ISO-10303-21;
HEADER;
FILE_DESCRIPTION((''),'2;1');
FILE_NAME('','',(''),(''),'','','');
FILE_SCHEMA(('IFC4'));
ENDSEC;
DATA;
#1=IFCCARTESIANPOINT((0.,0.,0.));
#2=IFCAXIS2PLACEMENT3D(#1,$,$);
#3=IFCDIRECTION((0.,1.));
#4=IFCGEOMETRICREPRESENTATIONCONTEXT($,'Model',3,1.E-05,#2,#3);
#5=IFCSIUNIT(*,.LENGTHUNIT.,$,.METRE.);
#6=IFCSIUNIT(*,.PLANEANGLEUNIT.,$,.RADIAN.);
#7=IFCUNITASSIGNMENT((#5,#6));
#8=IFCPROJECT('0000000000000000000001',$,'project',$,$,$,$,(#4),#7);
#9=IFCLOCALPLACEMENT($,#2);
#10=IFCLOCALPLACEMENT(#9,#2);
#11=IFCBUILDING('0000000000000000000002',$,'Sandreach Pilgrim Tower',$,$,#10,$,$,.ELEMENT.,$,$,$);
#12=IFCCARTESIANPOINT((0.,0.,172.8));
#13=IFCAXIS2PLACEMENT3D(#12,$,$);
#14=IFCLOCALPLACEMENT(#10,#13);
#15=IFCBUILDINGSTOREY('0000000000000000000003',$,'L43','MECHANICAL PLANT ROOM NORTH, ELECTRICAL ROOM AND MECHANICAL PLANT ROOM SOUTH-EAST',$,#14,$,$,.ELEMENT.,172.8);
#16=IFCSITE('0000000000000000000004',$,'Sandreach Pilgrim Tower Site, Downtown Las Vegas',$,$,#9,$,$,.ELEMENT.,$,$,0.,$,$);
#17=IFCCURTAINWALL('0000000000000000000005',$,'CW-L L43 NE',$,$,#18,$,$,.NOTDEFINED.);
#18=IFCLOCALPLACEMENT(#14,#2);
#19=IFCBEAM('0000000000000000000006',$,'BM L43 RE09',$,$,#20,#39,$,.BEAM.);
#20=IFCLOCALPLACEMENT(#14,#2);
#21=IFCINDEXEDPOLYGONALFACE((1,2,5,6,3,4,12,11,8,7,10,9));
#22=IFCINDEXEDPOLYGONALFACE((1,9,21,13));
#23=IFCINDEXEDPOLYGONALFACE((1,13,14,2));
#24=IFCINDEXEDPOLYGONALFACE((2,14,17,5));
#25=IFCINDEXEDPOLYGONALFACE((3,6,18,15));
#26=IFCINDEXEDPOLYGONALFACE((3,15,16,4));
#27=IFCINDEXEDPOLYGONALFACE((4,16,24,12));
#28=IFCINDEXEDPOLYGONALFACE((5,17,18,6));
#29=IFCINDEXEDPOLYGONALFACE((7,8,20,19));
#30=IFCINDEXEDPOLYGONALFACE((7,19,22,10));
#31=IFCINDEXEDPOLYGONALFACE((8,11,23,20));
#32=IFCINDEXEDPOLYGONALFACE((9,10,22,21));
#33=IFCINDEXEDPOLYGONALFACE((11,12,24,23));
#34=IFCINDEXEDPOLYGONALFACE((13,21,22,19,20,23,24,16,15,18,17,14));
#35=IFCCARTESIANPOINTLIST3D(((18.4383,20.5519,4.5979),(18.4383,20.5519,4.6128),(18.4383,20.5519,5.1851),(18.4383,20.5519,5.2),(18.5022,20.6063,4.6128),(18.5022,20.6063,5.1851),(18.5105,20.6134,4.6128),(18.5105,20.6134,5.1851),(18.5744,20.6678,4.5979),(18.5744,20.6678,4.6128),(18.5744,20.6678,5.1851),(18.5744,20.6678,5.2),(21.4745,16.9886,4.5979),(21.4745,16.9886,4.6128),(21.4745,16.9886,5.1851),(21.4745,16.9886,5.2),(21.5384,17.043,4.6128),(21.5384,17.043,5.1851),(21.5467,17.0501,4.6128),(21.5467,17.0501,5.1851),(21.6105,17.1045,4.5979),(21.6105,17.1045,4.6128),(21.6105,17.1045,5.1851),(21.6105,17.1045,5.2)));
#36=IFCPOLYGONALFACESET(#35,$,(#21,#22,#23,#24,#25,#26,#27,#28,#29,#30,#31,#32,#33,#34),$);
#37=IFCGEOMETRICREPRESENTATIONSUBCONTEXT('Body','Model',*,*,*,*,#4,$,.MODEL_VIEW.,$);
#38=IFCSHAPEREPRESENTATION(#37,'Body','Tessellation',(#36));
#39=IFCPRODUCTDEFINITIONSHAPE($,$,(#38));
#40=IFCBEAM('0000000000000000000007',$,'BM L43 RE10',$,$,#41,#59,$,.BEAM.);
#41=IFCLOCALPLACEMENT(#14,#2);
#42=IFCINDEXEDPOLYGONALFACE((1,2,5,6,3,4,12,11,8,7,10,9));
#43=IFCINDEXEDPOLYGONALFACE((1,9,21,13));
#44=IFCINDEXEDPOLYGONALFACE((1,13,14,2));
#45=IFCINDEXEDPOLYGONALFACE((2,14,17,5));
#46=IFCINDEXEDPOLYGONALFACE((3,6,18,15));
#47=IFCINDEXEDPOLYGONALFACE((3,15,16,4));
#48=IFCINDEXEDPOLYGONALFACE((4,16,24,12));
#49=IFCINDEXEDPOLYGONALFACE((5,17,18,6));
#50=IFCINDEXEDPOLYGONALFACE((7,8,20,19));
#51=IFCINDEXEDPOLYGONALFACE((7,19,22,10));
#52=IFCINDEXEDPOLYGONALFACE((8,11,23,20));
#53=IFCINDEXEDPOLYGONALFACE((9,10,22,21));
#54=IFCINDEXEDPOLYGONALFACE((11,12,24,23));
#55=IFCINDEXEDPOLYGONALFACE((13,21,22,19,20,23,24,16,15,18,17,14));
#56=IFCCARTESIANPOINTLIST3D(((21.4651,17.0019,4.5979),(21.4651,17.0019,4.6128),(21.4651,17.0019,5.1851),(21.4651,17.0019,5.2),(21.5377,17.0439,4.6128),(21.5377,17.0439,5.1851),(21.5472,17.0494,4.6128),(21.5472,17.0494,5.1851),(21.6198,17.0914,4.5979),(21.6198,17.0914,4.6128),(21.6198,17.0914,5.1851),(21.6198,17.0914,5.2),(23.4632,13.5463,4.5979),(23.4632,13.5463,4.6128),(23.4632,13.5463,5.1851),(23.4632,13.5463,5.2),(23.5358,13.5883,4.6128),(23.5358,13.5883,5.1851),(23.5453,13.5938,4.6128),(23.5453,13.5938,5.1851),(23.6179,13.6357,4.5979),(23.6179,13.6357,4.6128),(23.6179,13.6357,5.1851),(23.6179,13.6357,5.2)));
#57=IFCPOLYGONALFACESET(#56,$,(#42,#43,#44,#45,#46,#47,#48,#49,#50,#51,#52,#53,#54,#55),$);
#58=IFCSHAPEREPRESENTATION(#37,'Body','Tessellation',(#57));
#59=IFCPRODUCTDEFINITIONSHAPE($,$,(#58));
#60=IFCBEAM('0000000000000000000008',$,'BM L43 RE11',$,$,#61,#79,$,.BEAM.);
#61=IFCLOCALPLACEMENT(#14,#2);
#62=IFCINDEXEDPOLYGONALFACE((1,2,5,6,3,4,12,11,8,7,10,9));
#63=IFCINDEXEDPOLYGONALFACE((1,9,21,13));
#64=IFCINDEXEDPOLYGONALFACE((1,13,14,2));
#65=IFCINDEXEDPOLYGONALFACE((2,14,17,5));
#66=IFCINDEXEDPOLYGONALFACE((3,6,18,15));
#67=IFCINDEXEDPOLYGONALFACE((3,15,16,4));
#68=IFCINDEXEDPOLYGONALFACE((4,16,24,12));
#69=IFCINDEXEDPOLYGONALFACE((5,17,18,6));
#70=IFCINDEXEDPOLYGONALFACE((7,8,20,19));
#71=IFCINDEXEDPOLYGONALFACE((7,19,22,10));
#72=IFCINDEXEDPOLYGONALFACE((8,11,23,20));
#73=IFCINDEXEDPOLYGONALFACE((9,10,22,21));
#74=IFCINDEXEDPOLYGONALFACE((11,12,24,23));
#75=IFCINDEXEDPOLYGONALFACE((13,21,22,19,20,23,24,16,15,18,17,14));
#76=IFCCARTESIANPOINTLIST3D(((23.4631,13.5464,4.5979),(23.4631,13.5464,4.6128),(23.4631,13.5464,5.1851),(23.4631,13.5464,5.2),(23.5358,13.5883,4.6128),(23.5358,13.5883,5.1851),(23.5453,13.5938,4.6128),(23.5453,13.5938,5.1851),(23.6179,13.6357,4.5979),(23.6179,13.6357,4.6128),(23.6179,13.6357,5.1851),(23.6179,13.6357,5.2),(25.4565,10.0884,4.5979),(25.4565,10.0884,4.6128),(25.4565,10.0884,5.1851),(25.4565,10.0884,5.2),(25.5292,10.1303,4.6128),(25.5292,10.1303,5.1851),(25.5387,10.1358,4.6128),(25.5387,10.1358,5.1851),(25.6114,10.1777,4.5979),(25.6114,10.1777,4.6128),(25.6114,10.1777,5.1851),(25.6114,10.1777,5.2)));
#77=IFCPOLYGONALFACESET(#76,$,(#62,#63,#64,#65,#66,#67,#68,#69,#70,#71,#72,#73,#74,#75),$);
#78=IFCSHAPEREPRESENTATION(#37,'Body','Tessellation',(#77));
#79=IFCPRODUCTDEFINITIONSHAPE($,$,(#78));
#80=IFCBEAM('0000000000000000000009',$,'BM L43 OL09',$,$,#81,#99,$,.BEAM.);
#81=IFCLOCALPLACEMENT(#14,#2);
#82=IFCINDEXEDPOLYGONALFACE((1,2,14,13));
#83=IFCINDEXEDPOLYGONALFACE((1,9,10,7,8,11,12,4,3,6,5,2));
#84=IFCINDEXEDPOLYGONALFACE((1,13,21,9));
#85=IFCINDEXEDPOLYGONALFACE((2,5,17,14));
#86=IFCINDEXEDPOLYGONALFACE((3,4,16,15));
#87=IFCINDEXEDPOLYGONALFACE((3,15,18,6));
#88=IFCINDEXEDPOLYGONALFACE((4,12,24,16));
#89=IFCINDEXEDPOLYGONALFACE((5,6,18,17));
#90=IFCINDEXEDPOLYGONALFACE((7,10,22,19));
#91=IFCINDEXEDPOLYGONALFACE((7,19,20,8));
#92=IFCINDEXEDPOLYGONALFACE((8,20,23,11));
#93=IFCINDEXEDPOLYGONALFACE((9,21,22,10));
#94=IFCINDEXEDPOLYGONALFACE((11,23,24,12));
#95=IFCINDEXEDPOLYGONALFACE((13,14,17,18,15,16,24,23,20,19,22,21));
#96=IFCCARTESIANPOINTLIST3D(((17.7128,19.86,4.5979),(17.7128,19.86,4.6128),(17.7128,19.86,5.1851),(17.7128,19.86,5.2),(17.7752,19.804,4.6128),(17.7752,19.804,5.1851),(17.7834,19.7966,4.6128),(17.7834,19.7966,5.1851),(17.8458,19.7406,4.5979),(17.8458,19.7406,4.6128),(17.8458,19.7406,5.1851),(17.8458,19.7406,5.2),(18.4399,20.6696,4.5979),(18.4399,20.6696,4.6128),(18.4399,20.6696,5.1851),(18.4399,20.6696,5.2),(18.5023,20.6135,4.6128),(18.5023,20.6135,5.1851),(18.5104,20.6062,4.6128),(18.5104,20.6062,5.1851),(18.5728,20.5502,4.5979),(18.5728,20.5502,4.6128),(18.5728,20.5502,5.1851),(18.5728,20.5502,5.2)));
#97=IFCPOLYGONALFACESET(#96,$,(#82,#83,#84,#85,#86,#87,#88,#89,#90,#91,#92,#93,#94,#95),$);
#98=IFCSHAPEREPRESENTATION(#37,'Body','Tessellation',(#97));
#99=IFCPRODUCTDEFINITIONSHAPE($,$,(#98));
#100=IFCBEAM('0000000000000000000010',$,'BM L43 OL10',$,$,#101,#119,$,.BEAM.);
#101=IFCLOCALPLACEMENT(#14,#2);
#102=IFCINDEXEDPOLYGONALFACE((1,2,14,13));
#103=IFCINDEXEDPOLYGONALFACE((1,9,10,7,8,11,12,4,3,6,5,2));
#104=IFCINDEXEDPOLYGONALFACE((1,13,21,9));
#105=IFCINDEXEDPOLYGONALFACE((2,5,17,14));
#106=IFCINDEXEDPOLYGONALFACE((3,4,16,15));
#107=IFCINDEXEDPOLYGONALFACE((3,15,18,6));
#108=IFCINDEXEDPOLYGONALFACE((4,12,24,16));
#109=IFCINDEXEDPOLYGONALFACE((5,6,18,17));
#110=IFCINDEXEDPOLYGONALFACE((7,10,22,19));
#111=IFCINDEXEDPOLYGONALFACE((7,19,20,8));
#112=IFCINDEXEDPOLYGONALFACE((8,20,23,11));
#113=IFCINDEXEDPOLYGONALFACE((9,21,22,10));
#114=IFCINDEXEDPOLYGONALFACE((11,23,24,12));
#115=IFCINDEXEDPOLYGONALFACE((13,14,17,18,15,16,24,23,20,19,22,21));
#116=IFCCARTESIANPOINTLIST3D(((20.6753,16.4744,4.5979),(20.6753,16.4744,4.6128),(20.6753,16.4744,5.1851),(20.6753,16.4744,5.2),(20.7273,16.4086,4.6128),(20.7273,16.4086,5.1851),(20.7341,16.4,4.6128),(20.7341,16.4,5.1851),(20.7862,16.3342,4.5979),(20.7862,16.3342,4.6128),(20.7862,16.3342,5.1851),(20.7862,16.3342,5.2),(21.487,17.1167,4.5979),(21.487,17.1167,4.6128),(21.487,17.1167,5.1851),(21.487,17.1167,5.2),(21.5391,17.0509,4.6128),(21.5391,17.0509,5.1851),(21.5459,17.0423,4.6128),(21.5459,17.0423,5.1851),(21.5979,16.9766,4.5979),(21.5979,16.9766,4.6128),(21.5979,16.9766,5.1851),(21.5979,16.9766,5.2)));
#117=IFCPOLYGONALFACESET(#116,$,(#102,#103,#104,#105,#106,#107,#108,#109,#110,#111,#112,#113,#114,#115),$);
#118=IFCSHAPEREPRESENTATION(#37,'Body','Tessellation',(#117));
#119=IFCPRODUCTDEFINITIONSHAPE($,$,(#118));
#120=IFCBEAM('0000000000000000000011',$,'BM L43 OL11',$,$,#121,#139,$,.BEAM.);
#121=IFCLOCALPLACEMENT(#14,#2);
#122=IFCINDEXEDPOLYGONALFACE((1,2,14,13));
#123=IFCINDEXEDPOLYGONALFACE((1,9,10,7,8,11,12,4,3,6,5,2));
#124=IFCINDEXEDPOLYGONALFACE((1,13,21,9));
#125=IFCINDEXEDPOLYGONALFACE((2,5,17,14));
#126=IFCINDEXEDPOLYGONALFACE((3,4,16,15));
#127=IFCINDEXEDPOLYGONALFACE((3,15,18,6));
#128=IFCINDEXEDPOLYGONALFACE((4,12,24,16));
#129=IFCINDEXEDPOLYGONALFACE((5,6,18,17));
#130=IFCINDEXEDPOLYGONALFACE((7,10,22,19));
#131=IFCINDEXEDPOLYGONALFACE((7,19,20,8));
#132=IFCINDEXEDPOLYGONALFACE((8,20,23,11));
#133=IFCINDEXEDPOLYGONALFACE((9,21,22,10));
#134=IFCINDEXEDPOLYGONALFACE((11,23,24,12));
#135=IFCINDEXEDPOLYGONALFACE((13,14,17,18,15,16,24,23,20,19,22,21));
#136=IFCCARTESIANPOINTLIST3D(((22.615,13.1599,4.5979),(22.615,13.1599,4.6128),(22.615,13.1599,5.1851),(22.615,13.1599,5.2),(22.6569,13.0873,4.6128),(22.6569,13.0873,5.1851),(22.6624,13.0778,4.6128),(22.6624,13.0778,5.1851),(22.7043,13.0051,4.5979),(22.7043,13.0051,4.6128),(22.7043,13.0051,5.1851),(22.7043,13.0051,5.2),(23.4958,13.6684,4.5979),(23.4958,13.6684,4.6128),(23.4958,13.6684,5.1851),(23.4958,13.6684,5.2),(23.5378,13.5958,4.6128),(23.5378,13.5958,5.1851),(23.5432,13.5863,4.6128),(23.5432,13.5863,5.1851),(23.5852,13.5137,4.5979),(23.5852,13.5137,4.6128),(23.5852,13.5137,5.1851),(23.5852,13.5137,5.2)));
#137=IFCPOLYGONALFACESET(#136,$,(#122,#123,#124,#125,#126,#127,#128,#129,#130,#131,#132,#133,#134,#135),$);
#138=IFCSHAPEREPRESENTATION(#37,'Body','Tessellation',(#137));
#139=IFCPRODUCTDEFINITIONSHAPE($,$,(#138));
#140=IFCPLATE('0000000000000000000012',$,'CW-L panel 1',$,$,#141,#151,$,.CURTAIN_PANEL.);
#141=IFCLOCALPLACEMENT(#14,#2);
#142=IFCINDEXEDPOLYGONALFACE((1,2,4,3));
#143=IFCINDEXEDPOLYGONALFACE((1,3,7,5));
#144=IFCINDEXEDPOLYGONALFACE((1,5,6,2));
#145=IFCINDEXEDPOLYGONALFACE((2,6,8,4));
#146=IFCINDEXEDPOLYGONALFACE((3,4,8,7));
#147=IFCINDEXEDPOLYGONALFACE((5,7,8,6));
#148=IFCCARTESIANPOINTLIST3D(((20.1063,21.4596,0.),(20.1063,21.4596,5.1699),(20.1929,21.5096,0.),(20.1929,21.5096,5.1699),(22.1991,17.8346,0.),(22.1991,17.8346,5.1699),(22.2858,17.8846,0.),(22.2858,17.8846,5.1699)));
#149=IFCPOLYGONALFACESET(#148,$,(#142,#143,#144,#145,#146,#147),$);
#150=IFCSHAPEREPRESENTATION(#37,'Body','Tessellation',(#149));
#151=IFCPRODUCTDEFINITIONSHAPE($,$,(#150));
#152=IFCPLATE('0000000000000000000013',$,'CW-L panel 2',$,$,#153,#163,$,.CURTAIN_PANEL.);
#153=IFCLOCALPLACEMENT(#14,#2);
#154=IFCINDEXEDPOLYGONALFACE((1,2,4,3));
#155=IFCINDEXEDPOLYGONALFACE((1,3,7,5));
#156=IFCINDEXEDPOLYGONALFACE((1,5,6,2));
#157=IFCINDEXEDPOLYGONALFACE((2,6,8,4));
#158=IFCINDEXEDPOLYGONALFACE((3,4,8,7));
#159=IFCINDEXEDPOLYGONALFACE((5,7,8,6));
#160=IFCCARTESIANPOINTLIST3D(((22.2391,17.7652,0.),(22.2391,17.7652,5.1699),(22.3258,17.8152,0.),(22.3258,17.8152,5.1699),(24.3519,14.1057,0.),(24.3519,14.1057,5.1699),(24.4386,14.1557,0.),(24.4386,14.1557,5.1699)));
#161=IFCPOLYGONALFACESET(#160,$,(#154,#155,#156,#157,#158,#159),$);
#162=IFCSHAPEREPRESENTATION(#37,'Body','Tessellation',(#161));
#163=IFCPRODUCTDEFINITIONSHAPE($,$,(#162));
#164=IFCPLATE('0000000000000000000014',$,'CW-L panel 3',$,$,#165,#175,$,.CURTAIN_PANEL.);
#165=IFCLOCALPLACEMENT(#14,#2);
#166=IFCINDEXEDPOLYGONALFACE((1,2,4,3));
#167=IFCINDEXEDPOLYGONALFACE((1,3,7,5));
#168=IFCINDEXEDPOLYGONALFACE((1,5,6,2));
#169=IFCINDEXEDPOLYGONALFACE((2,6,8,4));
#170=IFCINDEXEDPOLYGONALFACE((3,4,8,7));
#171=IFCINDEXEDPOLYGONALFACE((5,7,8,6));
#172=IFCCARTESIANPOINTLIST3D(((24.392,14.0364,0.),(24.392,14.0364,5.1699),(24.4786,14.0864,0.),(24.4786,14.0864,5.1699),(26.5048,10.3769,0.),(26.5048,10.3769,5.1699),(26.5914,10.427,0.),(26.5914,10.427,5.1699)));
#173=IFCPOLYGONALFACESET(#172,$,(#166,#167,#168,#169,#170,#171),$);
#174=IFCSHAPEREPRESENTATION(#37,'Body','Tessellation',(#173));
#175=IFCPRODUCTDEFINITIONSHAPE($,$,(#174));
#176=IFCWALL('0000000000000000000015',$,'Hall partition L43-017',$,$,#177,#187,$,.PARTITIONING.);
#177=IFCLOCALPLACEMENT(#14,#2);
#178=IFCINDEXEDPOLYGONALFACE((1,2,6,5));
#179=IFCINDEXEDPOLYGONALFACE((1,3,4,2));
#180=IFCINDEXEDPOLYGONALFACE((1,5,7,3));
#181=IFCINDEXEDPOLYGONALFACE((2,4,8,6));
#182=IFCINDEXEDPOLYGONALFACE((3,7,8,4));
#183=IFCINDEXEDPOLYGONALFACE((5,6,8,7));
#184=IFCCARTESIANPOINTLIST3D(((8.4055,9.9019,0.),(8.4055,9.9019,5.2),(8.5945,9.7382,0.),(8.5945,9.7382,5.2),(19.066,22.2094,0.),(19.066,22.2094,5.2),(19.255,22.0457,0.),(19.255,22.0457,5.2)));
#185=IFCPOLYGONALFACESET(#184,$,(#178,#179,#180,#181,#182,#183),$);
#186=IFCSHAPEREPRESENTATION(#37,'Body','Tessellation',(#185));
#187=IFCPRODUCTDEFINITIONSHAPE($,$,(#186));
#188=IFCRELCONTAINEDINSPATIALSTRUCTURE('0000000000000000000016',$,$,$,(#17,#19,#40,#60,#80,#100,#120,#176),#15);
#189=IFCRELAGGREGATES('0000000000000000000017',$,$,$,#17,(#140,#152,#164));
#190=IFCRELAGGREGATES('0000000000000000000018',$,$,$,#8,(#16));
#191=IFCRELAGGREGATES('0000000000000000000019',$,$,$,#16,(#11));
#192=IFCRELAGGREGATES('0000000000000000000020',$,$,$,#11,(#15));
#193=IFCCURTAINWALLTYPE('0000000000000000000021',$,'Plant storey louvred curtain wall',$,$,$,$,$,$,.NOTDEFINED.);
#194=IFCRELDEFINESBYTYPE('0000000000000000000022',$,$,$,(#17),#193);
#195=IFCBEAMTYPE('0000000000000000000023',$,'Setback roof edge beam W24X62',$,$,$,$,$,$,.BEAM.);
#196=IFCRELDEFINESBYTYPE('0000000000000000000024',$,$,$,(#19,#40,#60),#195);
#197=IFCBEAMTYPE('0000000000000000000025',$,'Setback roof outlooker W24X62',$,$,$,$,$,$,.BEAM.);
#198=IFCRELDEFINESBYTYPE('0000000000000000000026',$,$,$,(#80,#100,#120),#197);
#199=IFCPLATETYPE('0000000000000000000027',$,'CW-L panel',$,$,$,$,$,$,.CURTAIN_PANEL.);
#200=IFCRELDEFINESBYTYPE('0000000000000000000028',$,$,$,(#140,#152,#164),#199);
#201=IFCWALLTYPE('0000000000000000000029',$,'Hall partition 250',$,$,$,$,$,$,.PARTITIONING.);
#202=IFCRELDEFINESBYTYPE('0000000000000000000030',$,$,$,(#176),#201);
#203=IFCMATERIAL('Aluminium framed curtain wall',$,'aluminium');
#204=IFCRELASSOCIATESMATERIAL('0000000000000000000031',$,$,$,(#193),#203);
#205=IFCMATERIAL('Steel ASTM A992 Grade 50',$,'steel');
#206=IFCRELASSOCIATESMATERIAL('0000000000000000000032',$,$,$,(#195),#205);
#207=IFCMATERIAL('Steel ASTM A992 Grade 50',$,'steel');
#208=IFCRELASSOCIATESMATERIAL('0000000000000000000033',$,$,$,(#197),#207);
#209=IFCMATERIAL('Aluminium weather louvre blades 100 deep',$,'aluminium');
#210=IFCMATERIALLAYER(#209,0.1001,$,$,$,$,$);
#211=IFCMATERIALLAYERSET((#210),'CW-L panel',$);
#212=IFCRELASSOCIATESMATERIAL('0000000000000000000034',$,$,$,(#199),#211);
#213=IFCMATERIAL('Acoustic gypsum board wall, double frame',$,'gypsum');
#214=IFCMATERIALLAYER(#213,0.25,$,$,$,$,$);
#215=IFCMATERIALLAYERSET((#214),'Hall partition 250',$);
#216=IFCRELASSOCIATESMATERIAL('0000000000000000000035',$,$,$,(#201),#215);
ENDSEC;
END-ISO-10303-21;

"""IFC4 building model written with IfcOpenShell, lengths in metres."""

from ifc_helpers import new_model, si_unit, direction, frame, frame_2d, origin, origin_2d, place, context, subcontext, project, spatial, rectangle, i_section, extrude, material, layer, layer_set, material_profile, profile_set, type_object, element, aggregate, save


model = new_model("IFC4")

# Units and contexts
model_context = context("Model", 3, precision=1e-05, world=origin(), true_north=direction((0.0, 1.0)))
body_context = subcontext(model_context, "Body", "Model", "MODEL_VIEW")
ifc_project = project(units=[si_unit("LENGTHUNIT", "METRE"), si_unit("PLANEANGLEUNIT", "RADIAN")], contexts=[model_context])

# Site, building, storey
site_placement = place(None, origin())
site = spatial("IfcSite", under=ifc_project, at=site_placement, Name="Sandreach Pilgrim Tower Site, Downtown Las Vegas", CompositionType="ELEMENT", RefElevation=0.0)
building_placement = place(site_placement, origin())
building = spatial("IfcBuilding", under=site, at=building_placement, Name="Sandreach Pilgrim Tower", CompositionType="ELEMENT")
storey_placement = place(building_placement, frame((0.0, 0.0, 172.8)))
storey = spatial("IfcBuildingStorey", under=building, at=storey_placement, Name="L43", Description="MECHANICAL PLANT ROOM NORTH, ELECTRICAL ROOM AND MECHANICAL PLANT ROOM SOUTH-EAST", CompositionType="ELEMENT", Elevation=172.8)

# Shared definitions
ifc_material_1 = material(Name="Aluminium framed curtain wall", Category="aluminium")
curtain_wall_type = type_object("IfcCurtainWallType", Name="Plant storey louvred curtain wall", PredefinedType="NOTDEFINED", material=ifc_material_1)

# Curtain wall
curtain_wall_1_placement = place(storey_placement, origin())
curtain_wall_1 = element("IfcCurtainWall", 1, at=curtain_wall_1_placement, inside=storey, type_object=curtain_wall_type, Name="CW-L L43 NE", PredefinedType="NOTDEFINED")

# Beams
ifc_material_2 = material(Name="Steel ASTM A992 Grade 50", Category="steel")
ifc_material_profile_1 = material_profile(ifc_material_2, i_section(OverallWidth=0.1787, OverallDepth=0.6021, WebThickness=0.011, FlangeThickness=0.0149, at=origin_2d()), Name="W24X62")
ifc_profile_set_1 = profile_set([ifc_material_profile_1], Name="Steel ASTM A992 Grade 50")
beam_type_1 = type_object("IfcBeamType", Name="Setback roof edge beam W24X62", PredefinedType="BEAM", material=ifc_profile_set_1)
beam_1_placement = place(storey_placement, frame((18.5063, 20.6099, 4.8989), z_axis=(0.648564, -0.76116, 0.0), x_axis=(0.76116, 0.648564, 0.0)))
element("IfcBeam", 2, at=beam_1_placement, inside=storey, type_object=beam_type_1, Name="BM L43 RE09", PredefinedType="BEAM", context=body_context, shape_type="SweptSolid", body=[
    extrude(i_section(OverallWidth=0.1787, OverallDepth=0.6021, WebThickness=0.011, FlangeThickness=0.0149, at=origin_2d()), origin(), (0.0, 0.0, 1.0), 4.6814),
])
beam_2_placement = place(storey_placement, frame((21.5425, 17.0466, 4.8989), z_axis=(0.500559, -0.865703, 0.0), x_axis=(0.865703, 0.500559, 0.0)))
element("IfcBeam", 3, at=beam_2_placement, inside=storey, type_object=beam_type_1, Name="BM L43 RE10", PredefinedType="BEAM", context=body_context, shape_type="SweptSolid", body=[
    extrude(i_section(OverallWidth=0.1787, OverallDepth=0.6021, WebThickness=0.011, FlangeThickness=0.0149, at=origin_2d()), origin(), (0.0, 0.0, 1.0), 3.9917),
])
beam_3_placement = place(storey_placement, frame((23.5405, 13.5911, 4.8989), z_axis=(0.499422, -0.866359, 0.0), x_axis=(0.866359, 0.499422, 0.0)))
element("IfcBeam", 4, at=beam_3_placement, inside=storey, type_object=beam_type_1, Name="BM L43 RE11", PredefinedType="BEAM", context=body_context, shape_type="SweptSolid", body=[
    extrude(i_section(OverallWidth=0.1787, OverallDepth=0.6021, WebThickness=0.011, FlangeThickness=0.0149, at=origin_2d()), origin(), (0.0, 0.0, 1.0), 3.9915),
])
ifc_material_3 = material(Name="Steel ASTM A992 Grade 50", Category="steel")
ifc_material_profile_2 = material_profile(ifc_material_3, i_section(OverallWidth=0.1787, OverallDepth=0.6021, WebThickness=0.011, FlangeThickness=0.0149, at=origin_2d()), Name="W24X62")
ifc_profile_set_2 = profile_set([ifc_material_profile_2], Name="Steel ASTM A992 Grade 50")
beam_type_2 = type_object("IfcBeamType", Name="Setback roof outlooker W24X62", PredefinedType="BEAM", material=ifc_profile_set_2)
beam_4_placement = place(storey_placement, frame((17.7793, 19.8003, 4.8989), z_axis=(0.668171, 0.744008, 0.0), x_axis=(-0.744008, 0.668171, 0.0)))
element("IfcBeam", 5, at=beam_4_placement, inside=storey, type_object=beam_type_2, Name="BM L43 OL09", PredefinedType="BEAM", context=body_context, shape_type="SweptSolid", body=[
    extrude(i_section(OverallWidth=0.1787, OverallDepth=0.6021, WebThickness=0.011, FlangeThickness=0.0149, at=origin_2d()), origin(), (0.0, 0.0, 1.0), 1.0881),
])
beam_5_placement = place(storey_placement, frame((20.7307, 16.4043, 4.8989), z_axis=(0.784194, 0.620516, 0.0), x_axis=(-0.620516, 0.784194, 0.0)))
element("IfcBeam", 6, at=beam_5_placement, inside=storey, type_object=beam_type_2, Name="BM L43 OL10", PredefinedType="BEAM", context=body_context, shape_type="SweptSolid", body=[
    extrude(i_section(OverallWidth=0.1787, OverallDepth=0.6021, WebThickness=0.011, FlangeThickness=0.0149, at=origin_2d()), origin(), (0.0, 0.0, 1.0), 1.0352),
])
beam_6_placement = place(storey_placement, frame((22.6597, 13.0825, 4.8989), z_axis=(0.866034, 0.499986, 0.0), x_axis=(-0.499986, 0.866034, 0.0)))
element("IfcBeam", 7, at=beam_6_placement, inside=storey, type_object=beam_type_2, Name="BM L43 OL11", PredefinedType="BEAM", context=body_context, shape_type="SweptSolid", body=[
    extrude(i_section(OverallWidth=0.1787, OverallDepth=0.6021, WebThickness=0.011, FlangeThickness=0.0149, at=origin_2d()), origin(), (0.0, 0.0, 1.0), 1.0171),
])

# Plates
ifc_material_4 = material(Name="Aluminium weather louvre blades 100 deep", Category="aluminium")
ifc_layer_1 = layer(ifc_material_4, 0.1001)
ifc_layer_set_1 = layer_set([ifc_layer_1], Name="CW-L panel")
plate_type = type_object("IfcPlateType", Name="CW-L panel", PredefinedType="CURTAIN_PANEL", material=ifc_layer_set_1)
plate_1_placement = place(storey_placement, frame((21.196, 19.6721, 0.0), z_axis=(0.0, 0.0, 1.0), x_axis=(0.5, -0.866025, 0.0)))
plate_1 = element("IfcPlate", 8, at=plate_1_placement, type_object=plate_type, Name="CW-L panel 1", PredefinedType="CURTAIN_PANEL", context=body_context, shape_type="SweptSolid", body=[
    extrude(rectangle(XDim=4.1858, YDim=0.1001, at=origin_2d()), origin(), (0.0, 0.0, 1.0), 5.1699),
])
plate_2_placement = place(storey_placement, frame((23.3389, 15.9604, 0.0), z_axis=(0.0, 0.0, 1.0), x_axis=(0.5, -0.866025, 0.0)))
plate_2 = element("IfcPlate", 9, at=plate_2_placement, type_object=plate_type, Name="CW-L panel 2", PredefinedType="CURTAIN_PANEL", context=body_context, shape_type="SweptSolid", body=[
    extrude(rectangle(XDim=4.2256, YDim=0.1001, at=origin_2d()), origin(), (0.0, 0.0, 1.0), 5.1699),
])
plate_3_placement = place(storey_placement, frame((25.4917, 12.2317, 0.0), z_axis=(0.0, 0.0, 1.0), x_axis=(0.5, -0.866025, 0.0)))
plate_3 = element("IfcPlate", 10, at=plate_3_placement, type_object=plate_type, Name="CW-L panel 3", PredefinedType="CURTAIN_PANEL", context=body_context, shape_type="SweptSolid", body=[
    extrude(rectangle(XDim=4.2256, YDim=0.1001, at=origin_2d()), origin(), (0.0, 0.0, 1.0), 5.1699),
])
aggregate(curtain_wall_1, [plate_1, plate_2, plate_3])

# Wall
ifc_material_5 = material(Name="Acoustic gypsum board wall, double frame", Category="gypsum")
ifc_layer_2 = layer(ifc_material_5, 0.25)
ifc_layer_set_2 = layer_set([ifc_layer_2], Name="Hall partition 250")
wall_type_1 = type_object("IfcWallType", Name="Hall partition 250", PredefinedType="PARTITIONING", material=ifc_layer_set_2)
wall_1_placement = place(storey_placement, frame((19.1604, 22.1274, 0.0), z_axis=(0.0, 0.0, 1.0), x_axis=(-0.65472, -0.755871, 0.0)))
element("IfcWall", 11, at=wall_1_placement, inside=storey, type_object=wall_type_1, Name="Hall partition L43-017", PredefinedType="PARTITIONING", context=body_context, shape_type="SweptSolid", body=[
    extrude(rectangle(XDim=16.2825, YDim=0.25, at=frame_2d((8.1411, 0.0))), origin(), (0.0, 0.0, 1.0), 5.2),
])

save(model, "model.ifc")
